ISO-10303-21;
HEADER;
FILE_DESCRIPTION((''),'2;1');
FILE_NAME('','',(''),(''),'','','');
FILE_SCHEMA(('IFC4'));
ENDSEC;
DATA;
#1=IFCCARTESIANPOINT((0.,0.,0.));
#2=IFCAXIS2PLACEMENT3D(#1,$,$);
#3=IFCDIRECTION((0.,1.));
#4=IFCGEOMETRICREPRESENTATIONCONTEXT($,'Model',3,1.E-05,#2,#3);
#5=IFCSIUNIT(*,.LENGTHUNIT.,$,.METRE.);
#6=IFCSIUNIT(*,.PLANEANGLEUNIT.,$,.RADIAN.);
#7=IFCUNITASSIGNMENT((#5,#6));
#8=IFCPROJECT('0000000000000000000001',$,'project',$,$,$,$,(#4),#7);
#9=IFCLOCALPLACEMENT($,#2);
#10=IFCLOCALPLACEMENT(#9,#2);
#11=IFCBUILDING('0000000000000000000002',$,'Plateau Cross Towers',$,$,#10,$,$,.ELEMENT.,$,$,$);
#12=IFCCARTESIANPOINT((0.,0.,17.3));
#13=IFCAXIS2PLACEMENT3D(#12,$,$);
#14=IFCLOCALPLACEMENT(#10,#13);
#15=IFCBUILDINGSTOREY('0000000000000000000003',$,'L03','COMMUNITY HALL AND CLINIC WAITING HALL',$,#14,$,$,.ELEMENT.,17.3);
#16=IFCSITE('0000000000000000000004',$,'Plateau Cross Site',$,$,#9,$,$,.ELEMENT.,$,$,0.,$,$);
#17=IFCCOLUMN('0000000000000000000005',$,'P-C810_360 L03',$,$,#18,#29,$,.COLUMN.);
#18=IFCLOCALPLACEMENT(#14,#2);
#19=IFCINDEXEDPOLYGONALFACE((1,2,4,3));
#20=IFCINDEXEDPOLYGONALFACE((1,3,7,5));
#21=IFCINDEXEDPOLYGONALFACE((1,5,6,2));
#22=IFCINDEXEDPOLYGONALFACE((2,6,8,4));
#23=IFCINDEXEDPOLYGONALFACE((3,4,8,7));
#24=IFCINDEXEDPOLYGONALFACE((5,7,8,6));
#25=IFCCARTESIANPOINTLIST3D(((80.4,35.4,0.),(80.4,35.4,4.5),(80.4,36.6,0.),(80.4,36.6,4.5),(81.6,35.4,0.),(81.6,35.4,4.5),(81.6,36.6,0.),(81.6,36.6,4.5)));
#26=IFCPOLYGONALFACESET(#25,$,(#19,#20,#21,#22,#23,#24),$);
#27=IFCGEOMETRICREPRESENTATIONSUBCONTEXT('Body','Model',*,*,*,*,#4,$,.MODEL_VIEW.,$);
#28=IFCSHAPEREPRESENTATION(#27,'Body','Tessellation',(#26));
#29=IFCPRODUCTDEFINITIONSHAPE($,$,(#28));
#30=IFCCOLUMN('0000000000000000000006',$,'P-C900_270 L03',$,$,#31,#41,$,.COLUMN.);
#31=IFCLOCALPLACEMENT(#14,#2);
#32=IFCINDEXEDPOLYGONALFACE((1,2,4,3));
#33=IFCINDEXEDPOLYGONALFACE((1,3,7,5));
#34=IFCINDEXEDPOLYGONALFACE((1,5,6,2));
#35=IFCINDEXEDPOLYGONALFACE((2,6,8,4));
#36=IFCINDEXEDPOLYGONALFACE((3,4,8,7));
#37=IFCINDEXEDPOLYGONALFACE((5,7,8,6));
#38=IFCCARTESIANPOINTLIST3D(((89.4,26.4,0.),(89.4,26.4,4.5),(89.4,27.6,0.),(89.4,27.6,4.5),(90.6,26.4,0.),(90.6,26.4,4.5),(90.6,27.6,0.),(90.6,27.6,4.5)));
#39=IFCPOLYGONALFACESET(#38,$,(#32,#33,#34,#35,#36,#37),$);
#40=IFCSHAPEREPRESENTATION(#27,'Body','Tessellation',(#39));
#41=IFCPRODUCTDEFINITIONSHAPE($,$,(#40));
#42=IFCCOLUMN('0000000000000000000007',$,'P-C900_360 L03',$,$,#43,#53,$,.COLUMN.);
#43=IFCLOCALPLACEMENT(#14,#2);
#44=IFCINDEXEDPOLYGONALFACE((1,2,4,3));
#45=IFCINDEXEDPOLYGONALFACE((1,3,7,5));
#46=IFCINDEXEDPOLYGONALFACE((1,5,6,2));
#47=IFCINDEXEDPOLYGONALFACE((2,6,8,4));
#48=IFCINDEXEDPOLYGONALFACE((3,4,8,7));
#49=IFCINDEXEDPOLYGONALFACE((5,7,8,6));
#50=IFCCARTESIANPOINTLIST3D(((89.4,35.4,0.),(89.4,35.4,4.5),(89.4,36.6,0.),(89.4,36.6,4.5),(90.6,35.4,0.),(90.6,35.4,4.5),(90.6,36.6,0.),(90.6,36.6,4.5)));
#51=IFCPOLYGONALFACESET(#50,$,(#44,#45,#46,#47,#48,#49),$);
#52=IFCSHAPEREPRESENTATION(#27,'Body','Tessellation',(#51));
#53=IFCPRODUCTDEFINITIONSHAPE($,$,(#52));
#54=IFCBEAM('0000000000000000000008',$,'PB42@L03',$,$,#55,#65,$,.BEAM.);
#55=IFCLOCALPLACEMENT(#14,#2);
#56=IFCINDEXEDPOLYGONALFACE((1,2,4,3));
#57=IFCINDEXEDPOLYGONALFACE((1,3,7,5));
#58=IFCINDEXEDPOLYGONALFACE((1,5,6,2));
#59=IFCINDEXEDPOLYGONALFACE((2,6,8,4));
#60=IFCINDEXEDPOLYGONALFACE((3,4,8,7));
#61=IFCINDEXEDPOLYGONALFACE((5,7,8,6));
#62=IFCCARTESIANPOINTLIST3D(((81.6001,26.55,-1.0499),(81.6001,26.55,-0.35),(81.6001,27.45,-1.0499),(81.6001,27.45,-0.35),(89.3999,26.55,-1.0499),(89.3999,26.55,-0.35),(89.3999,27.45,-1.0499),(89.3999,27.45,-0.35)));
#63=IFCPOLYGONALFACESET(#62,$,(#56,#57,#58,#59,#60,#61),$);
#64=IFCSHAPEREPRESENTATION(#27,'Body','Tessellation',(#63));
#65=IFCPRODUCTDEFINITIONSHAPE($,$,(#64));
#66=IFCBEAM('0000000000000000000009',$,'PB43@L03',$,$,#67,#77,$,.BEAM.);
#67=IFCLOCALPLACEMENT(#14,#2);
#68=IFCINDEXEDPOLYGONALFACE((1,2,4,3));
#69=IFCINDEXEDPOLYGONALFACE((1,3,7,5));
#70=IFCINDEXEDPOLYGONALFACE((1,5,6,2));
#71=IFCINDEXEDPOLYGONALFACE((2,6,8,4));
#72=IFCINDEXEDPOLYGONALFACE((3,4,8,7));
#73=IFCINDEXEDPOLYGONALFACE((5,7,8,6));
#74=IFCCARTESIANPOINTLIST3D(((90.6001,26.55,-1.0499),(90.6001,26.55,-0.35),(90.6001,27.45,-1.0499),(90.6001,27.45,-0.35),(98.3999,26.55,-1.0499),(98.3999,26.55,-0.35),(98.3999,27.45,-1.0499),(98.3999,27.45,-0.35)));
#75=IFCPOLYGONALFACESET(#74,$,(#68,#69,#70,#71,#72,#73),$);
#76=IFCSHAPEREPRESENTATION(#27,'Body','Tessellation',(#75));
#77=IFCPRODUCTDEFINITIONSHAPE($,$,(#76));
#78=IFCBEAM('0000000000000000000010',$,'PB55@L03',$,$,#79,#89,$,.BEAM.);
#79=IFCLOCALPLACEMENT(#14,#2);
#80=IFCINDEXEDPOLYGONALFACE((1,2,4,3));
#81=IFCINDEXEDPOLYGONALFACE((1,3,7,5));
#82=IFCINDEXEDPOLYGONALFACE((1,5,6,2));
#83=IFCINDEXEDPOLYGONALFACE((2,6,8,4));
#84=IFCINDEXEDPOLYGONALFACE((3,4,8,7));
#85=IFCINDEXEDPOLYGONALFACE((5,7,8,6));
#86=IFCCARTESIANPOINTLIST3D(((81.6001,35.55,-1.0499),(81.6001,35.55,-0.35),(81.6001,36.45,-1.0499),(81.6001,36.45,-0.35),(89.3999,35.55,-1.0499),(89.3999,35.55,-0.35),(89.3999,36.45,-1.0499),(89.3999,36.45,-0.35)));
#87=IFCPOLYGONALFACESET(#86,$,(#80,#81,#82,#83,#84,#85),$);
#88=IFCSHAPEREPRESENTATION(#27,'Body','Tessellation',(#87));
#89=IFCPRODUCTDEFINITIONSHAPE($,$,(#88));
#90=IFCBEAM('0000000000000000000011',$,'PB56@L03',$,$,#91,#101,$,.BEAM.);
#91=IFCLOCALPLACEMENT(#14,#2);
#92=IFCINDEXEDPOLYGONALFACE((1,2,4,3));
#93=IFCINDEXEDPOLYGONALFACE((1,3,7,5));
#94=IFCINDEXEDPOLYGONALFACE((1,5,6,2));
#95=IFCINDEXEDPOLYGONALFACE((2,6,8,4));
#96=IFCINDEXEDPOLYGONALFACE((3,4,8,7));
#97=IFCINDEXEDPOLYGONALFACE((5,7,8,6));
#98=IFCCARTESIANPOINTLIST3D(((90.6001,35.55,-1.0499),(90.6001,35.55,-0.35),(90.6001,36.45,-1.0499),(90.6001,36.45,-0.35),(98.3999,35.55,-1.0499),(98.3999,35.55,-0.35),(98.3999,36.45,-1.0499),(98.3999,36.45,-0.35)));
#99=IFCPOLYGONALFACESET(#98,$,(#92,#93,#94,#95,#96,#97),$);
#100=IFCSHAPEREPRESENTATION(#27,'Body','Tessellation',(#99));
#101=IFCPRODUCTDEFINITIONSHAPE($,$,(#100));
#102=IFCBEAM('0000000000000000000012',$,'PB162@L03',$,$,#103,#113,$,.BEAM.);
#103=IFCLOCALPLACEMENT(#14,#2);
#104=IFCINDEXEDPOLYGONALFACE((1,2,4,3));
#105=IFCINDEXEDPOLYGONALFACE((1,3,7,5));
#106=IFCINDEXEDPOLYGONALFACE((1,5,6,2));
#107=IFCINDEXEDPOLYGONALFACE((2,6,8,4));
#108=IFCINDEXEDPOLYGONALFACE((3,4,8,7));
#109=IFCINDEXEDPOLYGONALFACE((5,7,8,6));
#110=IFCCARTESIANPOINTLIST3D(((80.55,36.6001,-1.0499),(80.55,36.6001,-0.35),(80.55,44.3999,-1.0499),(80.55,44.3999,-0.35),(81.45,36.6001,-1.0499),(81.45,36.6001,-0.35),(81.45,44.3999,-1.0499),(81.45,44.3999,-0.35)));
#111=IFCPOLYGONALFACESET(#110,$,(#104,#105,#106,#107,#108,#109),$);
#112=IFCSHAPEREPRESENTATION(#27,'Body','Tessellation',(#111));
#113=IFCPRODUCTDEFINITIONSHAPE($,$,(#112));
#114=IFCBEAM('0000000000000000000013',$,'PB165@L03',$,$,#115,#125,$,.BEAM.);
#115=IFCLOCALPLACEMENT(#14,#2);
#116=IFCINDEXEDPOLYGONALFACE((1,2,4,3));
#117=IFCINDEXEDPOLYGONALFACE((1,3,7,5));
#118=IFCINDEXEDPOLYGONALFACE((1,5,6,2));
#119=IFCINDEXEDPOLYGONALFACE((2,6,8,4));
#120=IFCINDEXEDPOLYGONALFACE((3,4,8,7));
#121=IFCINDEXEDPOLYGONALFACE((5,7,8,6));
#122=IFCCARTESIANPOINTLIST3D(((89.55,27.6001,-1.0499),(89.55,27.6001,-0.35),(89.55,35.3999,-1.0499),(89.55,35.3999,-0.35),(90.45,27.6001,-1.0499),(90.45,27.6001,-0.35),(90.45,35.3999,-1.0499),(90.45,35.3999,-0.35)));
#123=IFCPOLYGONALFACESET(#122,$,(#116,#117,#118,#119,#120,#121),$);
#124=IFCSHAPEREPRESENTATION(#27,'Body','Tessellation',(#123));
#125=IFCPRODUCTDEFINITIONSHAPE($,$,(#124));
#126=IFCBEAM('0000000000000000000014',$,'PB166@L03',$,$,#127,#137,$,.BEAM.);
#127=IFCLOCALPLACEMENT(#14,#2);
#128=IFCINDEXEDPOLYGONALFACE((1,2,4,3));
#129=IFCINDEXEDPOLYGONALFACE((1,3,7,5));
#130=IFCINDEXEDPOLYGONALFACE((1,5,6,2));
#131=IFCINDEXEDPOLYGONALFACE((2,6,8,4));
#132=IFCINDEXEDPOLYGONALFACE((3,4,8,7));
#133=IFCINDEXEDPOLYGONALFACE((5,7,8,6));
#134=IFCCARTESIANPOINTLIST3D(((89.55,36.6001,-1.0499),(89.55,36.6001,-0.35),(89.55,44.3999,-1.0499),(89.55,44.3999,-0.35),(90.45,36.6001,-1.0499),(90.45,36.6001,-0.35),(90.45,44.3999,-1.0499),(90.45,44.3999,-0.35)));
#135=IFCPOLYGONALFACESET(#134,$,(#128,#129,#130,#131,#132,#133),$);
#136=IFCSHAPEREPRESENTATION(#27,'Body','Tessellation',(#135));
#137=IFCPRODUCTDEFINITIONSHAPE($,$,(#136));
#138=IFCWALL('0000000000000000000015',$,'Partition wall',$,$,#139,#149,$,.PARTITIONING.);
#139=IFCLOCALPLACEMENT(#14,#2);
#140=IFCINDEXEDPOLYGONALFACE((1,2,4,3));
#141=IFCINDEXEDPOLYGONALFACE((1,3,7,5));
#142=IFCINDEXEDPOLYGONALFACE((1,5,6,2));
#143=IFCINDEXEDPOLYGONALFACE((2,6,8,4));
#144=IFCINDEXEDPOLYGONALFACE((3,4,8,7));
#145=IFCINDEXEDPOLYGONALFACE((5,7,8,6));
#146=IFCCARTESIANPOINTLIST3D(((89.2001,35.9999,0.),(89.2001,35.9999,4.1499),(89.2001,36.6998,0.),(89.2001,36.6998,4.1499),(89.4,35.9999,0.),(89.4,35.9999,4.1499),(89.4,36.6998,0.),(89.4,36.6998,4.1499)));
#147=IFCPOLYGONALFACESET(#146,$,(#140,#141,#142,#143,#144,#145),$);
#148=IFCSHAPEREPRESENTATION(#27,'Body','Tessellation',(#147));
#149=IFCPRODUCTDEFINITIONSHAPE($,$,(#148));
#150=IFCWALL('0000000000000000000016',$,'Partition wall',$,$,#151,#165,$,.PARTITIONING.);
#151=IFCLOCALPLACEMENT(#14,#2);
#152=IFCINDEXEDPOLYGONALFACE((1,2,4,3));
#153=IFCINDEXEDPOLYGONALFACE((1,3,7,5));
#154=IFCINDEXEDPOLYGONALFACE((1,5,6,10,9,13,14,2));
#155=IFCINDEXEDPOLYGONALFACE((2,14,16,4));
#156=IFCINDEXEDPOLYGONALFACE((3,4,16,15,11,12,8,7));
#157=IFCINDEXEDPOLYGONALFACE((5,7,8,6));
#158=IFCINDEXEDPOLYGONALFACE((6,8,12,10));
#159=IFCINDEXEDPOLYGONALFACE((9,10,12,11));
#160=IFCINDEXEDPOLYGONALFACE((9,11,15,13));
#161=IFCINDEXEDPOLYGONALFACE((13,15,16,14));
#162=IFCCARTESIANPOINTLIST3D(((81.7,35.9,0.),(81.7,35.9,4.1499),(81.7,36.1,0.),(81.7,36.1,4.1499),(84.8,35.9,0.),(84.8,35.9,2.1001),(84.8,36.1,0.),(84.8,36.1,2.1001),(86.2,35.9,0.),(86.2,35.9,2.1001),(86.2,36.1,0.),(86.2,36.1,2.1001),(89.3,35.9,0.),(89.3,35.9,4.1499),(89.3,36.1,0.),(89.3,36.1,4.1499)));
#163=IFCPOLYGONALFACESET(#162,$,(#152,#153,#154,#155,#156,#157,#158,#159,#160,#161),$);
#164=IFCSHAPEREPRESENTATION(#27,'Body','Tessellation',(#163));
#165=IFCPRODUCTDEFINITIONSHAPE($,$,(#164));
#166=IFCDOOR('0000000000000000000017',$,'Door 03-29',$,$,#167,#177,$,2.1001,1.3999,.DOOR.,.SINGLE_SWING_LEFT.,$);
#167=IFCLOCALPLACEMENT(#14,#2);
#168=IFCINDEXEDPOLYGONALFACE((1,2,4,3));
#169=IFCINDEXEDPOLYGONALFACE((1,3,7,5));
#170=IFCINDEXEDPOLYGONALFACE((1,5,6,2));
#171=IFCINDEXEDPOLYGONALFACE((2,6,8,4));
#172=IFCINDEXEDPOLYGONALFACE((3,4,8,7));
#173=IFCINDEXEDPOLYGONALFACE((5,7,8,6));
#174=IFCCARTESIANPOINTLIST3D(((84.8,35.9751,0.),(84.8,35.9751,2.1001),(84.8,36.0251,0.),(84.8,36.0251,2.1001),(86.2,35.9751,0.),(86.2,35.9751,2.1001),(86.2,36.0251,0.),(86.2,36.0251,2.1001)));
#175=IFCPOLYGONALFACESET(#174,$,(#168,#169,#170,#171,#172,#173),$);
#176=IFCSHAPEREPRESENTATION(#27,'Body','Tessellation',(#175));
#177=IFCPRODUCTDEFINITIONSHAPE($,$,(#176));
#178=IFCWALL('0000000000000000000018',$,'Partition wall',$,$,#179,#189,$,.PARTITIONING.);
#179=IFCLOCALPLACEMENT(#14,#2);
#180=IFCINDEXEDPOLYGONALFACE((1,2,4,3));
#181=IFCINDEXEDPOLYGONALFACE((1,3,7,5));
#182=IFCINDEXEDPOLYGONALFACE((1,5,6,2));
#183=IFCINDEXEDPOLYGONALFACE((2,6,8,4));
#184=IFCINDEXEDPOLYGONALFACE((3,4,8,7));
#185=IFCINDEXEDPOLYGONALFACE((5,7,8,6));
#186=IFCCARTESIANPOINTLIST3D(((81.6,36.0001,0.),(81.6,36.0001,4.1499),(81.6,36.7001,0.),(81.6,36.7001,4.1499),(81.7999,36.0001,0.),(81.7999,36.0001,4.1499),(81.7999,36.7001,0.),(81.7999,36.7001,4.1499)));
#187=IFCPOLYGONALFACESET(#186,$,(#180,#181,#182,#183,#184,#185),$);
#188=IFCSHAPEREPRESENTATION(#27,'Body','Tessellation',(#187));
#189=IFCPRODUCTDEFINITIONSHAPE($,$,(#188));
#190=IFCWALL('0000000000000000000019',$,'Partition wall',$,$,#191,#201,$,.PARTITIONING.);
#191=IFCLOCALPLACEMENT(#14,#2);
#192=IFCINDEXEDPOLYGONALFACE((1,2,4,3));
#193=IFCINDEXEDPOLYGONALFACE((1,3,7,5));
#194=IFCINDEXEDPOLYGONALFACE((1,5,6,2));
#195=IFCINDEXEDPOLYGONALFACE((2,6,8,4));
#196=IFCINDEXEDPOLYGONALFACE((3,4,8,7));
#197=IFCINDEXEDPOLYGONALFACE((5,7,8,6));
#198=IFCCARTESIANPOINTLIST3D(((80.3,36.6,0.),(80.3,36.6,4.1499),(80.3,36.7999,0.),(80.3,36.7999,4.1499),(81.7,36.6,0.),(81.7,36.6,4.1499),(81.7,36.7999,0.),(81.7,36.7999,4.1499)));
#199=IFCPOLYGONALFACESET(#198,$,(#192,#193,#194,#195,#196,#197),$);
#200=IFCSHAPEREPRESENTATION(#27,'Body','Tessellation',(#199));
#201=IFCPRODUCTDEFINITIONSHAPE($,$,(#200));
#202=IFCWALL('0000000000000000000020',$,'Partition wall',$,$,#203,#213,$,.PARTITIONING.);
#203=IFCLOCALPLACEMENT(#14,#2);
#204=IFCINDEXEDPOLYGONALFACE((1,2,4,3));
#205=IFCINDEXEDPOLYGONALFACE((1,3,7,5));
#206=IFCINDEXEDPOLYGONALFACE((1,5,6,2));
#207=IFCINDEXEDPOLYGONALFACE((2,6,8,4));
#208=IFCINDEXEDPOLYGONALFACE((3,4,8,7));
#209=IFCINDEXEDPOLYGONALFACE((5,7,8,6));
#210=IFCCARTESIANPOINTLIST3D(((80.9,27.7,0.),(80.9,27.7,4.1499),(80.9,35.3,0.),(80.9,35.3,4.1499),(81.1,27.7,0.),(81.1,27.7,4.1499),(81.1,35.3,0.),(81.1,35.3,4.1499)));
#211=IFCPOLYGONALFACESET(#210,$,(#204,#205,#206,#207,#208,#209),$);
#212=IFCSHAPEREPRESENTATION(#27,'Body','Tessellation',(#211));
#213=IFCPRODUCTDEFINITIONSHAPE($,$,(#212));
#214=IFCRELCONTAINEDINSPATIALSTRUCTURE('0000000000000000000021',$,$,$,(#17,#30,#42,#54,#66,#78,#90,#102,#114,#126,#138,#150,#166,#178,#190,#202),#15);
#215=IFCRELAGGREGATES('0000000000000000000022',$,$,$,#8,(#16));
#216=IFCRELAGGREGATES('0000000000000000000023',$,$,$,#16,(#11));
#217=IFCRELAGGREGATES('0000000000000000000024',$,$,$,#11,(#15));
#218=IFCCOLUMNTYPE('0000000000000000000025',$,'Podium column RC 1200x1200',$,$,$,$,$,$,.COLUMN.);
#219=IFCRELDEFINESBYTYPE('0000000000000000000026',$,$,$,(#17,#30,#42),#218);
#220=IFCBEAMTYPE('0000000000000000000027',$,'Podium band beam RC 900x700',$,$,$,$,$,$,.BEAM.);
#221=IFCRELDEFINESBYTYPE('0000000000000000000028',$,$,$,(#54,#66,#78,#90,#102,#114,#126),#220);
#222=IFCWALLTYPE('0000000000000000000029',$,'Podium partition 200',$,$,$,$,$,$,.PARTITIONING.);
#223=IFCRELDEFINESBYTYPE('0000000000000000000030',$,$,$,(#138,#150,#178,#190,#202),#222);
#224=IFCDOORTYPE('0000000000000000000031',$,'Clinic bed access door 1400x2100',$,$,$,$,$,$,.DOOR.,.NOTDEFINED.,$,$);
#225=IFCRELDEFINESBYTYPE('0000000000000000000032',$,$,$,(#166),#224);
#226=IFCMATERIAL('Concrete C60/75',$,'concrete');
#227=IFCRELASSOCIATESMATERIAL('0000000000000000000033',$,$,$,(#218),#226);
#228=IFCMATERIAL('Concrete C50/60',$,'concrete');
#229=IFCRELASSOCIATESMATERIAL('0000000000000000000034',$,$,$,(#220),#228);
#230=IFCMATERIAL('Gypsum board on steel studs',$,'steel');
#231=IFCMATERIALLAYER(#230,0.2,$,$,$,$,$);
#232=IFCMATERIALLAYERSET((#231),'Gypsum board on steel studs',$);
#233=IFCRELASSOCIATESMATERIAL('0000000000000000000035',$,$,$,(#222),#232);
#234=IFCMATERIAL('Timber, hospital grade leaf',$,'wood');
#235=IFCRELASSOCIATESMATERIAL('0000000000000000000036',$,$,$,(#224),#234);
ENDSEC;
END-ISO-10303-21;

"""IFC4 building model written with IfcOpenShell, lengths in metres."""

from ifc_helpers import new_model, si_unit, direction, frame, frame_2d, origin, origin_2d, place, context, subcontext, project, spatial, rectangle, extrude, material, layer, layer_set, material_profile, profile_set, type_object, element, fill, save


model = new_model("IFC4")

# Units and contexts
model_context = context("Model", 3, precision=1e-05, world=origin(), true_north=direction((0.0, 1.0)))
body_context = subcontext(model_context, "Body", "Model", "MODEL_VIEW")
ifc_project = project(units=[si_unit("LENGTHUNIT", "METRE"), si_unit("PLANEANGLEUNIT", "RADIAN")], contexts=[model_context])

# Site, building, storey
site_placement = place(None, origin())
site = spatial("IfcSite", under=ifc_project, at=site_placement, Name="Plateau Cross Site", CompositionType="ELEMENT", RefElevation=0.0)
building_placement = place(site_placement, origin())
building = spatial("IfcBuilding", under=site, at=building_placement, Name="Plateau Cross Towers", CompositionType="ELEMENT")
storey_placement = place(building_placement, frame((0.0, 0.0, 17.3)))
storey = spatial("IfcBuildingStorey", under=building, at=storey_placement, Name="L03", Description="COMMUNITY HALL AND CLINIC WAITING HALL", CompositionType="ELEMENT", Elevation=17.3)

# Columns
ifc_material_1 = material(Name="Concrete C60/75", Category="concrete")
ifc_material_profile_1 = material_profile(ifc_material_1, rectangle(XDim=1.2, YDim=1.2, at=origin_2d()), Name="RC 1200x1200")
ifc_profile_set_1 = profile_set([ifc_material_profile_1], Name="Concrete C60/75")
column_type = type_object("IfcColumnType", Name="Podium column RC 1200x1200", PredefinedType="COLUMN", material=ifc_profile_set_1)
for number, where, z_axis, x_axis, name in (
    (1, (81.0, 36.0, 0.0), (0.0, 0.0, 1.0), (1.0, 0.0, 0.0), "P-C810_360 L03"),
    (2, (90.0, 27.0, 0.0), (0.0, 0.0, 1.0), (1.0, 0.0, 0.0), "P-C900_270 L03"),
    (3, (90.0, 36.0, 0.0), (0.0, 0.0, 1.0), (1.0, 0.0, 0.0), "P-C900_360 L03"),
):
    element("IfcColumn", number, at=place(storey_placement, frame(where, z_axis=z_axis, x_axis=x_axis)), inside=storey, type_object=column_type, Name=name, PredefinedType="COLUMN", context=body_context, shape_type="SweptSolid", body=[
        extrude(rectangle(XDim=1.2, YDim=1.2, at=origin_2d()), origin(), (0.0, 0.0, 1.0), 4.5),
    ])

# Beams
ifc_material_2 = material(Name="Concrete C50/60", Category="concrete")
ifc_material_profile_2 = material_profile(ifc_material_2, rectangle(XDim=0.8999, YDim=0.7, at=origin_2d()), Name="RC 900x700")
ifc_profile_set_2 = profile_set([ifc_material_profile_2], Name="Concrete C50/60")
beam_type = type_object("IfcBeamType", Name="Podium band beam RC 900x700", PredefinedType="BEAM", material=ifc_profile_set_2)
for number, where, z_axis, x_axis, name in (
    (4, (81.6001, 27.0, -0.7), (1.0, 0.0, 0.0), (0.0, 1.0, 0.0), "PB42@L03"),
    (5, (90.6001, 27.0, -0.7), (1.0, 0.0, 0.0), (0.0, 1.0, 0.0), "PB43@L03"),
    (6, (81.6001, 36.0, -0.7), (1.0, 0.0, 0.0), (0.0, 1.0, 0.0), "PB55@L03"),
    (7, (90.6001, 36.0, -0.7), (1.0, 0.0, 0.0), (0.0, 1.0, 0.0), "PB56@L03"),
    (8, (81.0, 36.6001, -0.7), (0.0, 1.0, 0.0), (-1.0, 0.0, 0.0), "PB162@L03"),
    (9, (90.0, 27.6001, -0.7), (0.0, 1.0, 0.0), (-1.0, 0.0, 0.0), "PB165@L03"),
    (10, (90.0, 36.6001, -0.7), (0.0, 1.0, 0.0), (-1.0, 0.0, 0.0), "PB166@L03"),
):
    element("IfcBeam", number, at=place(storey_placement, frame(where, z_axis=z_axis, x_axis=x_axis)), inside=storey, type_object=beam_type, Name=name, PredefinedType="BEAM", context=body_context, shape_type="SweptSolid", body=[
        extrude(rectangle(XDim=0.8999, YDim=0.7, at=origin_2d()), origin(), (0.0, 0.0, 1.0), 7.7998),
    ])

# Wall
ifc_material_3 = material(Name="Gypsum board on steel studs", Category="steel")
ifc_layer_1 = layer(ifc_material_3, 0.2)
ifc_layer_set_1 = layer_set([ifc_layer_1], Name="Gypsum board on steel studs")
wall_type_1 = type_object("IfcWallType", Name="Podium partition 200", PredefinedType="PARTITIONING", material=ifc_layer_set_1)
wall_1_placement = place(storey_placement, frame((89.3, 36.7, 0.0), z_axis=(0.0, 0.0, 1.0), x_axis=(0.0, -1.0, 0.0)))
element("IfcWall", 11, at=wall_1_placement, inside=storey, type_object=wall_type_1, Name="Partition wall", PredefinedType="PARTITIONING", context=body_context, shape_type="SweptSolid", body=[
    extrude(rectangle(XDim=0.7, YDim=0.2, at=frame_2d((0.3501, 0.0))), origin(), (0.0, 0.0, 1.0), 4.1499),
])

# Wall, opening, door
wall_2_placement = place(storey_placement, frame((89.3, 36.0, 0.0), z_axis=(0.0, 0.0, 1.0), x_axis=(-1.0, 0.0, 0.0)))
wall_2 = element("IfcWall", 12, at=wall_2_placement, inside=storey, type_object=wall_type_1, Name="Partition wall", PredefinedType="PARTITIONING", context=body_context, shape_type="SweptSolid", body=[
    extrude(rectangle(XDim=7.6001, YDim=0.2, at=frame_2d((3.8, 0.0))), origin(), (0.0, 0.0, 1.0), 4.1499),
])
opening_1_placement = place(wall_2_placement, frame((3.1001, 0.0, 0.0)))
opening_1 = element("IfcOpeningElement", 13, at=opening_1_placement, cuts=wall_2, PredefinedType="OPENING", context=body_context, shape_type="SweptSolid", body=[
    extrude(rectangle(XDim=1.3999, YDim=2.1001, at=frame_2d((0.7, 1.05))), frame((0.0, 0.1099, 0.0), z_axis=(0.0, -1.0, 0.0), x_axis=(1.0, 0.0, 0.0)), (0.0, 0.0, 1.0), 0.22),
])
ifc_material_4 = material(Name="Timber, hospital grade leaf", Category="wood")
door_type_1 = type_object("IfcDoorType", Name="Clinic bed access door 1400x2100", OperationType="NOTDEFINED", PredefinedType="DOOR", material=ifc_material_4)
door_1_placement = place(opening_1_placement, origin())
door_1 = element("IfcDoor", 14, at=door_1_placement, inside=storey, type_object=door_type_1, Name="Door 03-29", OperationType="SINGLE_SWING_LEFT", OverallHeight=2.1001, OverallWidth=1.3999, PredefinedType="DOOR", context=body_context, shape_type="SweptSolid", body=[
    extrude(rectangle(XDim=1.3999, YDim=2.1001, at=frame_2d((0.7, 1.05))), frame((0.0, 0.0249, 0.0), z_axis=(0.0, -1.0, 0.0), x_axis=(1.0, 0.0, 0.0)), (0.0, 0.0, 1.0), 0.05),
])
fill(opening_1, door_1)

# Walls
wall_3_placement = place(storey_placement, frame((81.7, 36.0, 0.0), z_axis=(0.0, 0.0, 1.0), x_axis=(0.0, 1.0, 0.0)))
element("IfcWall", 15, at=wall_3_placement, inside=storey, type_object=wall_type_1, Name="Partition wall", PredefinedType="PARTITIONING", context=body_context, shape_type="SweptSolid", body=[
    extrude(rectangle(XDim=0.7, YDim=0.2, at=frame_2d((0.3501, 0.0))), origin(), (0.0, 0.0, 1.0), 4.1499),
])
wall_4_placement = place(storey_placement, frame((81.7, 36.7, 0.0), z_axis=(0.0, 0.0, 1.0), x_axis=(-1.0, 0.0, 0.0)))
element("IfcWall", 16, at=wall_4_placement, inside=storey, type_object=wall_type_1, Name="Partition wall", PredefinedType="PARTITIONING", context=body_context, shape_type="SweptSolid", body=[
    extrude(rectangle(XDim=1.3999, YDim=0.2, at=frame_2d((0.7, 0.0))), origin(), (0.0, 0.0, 1.0), 4.1499),
])
for number, where, z_axis, x_axis, name in (
    (17, (81.0, 35.3, 0.0), (0.0, 0.0, 1.0), (0.0, -1.0, 0.0), "Partition wall"),
):
    element("IfcWall", number, at=place(storey_placement, frame(where, z_axis=z_axis, x_axis=x_axis)), inside=storey, type_object=wall_type_1, Name=name, PredefinedType="PARTITIONING", context=body_context, shape_type="SweptSolid", body=[
        extrude(rectangle(XDim=7.6001, YDim=0.2, at=frame_2d((3.8, 0.0))), origin(), (0.0, 0.0, 1.0), 4.1499),
    ])

save(model, "model.ifc")
